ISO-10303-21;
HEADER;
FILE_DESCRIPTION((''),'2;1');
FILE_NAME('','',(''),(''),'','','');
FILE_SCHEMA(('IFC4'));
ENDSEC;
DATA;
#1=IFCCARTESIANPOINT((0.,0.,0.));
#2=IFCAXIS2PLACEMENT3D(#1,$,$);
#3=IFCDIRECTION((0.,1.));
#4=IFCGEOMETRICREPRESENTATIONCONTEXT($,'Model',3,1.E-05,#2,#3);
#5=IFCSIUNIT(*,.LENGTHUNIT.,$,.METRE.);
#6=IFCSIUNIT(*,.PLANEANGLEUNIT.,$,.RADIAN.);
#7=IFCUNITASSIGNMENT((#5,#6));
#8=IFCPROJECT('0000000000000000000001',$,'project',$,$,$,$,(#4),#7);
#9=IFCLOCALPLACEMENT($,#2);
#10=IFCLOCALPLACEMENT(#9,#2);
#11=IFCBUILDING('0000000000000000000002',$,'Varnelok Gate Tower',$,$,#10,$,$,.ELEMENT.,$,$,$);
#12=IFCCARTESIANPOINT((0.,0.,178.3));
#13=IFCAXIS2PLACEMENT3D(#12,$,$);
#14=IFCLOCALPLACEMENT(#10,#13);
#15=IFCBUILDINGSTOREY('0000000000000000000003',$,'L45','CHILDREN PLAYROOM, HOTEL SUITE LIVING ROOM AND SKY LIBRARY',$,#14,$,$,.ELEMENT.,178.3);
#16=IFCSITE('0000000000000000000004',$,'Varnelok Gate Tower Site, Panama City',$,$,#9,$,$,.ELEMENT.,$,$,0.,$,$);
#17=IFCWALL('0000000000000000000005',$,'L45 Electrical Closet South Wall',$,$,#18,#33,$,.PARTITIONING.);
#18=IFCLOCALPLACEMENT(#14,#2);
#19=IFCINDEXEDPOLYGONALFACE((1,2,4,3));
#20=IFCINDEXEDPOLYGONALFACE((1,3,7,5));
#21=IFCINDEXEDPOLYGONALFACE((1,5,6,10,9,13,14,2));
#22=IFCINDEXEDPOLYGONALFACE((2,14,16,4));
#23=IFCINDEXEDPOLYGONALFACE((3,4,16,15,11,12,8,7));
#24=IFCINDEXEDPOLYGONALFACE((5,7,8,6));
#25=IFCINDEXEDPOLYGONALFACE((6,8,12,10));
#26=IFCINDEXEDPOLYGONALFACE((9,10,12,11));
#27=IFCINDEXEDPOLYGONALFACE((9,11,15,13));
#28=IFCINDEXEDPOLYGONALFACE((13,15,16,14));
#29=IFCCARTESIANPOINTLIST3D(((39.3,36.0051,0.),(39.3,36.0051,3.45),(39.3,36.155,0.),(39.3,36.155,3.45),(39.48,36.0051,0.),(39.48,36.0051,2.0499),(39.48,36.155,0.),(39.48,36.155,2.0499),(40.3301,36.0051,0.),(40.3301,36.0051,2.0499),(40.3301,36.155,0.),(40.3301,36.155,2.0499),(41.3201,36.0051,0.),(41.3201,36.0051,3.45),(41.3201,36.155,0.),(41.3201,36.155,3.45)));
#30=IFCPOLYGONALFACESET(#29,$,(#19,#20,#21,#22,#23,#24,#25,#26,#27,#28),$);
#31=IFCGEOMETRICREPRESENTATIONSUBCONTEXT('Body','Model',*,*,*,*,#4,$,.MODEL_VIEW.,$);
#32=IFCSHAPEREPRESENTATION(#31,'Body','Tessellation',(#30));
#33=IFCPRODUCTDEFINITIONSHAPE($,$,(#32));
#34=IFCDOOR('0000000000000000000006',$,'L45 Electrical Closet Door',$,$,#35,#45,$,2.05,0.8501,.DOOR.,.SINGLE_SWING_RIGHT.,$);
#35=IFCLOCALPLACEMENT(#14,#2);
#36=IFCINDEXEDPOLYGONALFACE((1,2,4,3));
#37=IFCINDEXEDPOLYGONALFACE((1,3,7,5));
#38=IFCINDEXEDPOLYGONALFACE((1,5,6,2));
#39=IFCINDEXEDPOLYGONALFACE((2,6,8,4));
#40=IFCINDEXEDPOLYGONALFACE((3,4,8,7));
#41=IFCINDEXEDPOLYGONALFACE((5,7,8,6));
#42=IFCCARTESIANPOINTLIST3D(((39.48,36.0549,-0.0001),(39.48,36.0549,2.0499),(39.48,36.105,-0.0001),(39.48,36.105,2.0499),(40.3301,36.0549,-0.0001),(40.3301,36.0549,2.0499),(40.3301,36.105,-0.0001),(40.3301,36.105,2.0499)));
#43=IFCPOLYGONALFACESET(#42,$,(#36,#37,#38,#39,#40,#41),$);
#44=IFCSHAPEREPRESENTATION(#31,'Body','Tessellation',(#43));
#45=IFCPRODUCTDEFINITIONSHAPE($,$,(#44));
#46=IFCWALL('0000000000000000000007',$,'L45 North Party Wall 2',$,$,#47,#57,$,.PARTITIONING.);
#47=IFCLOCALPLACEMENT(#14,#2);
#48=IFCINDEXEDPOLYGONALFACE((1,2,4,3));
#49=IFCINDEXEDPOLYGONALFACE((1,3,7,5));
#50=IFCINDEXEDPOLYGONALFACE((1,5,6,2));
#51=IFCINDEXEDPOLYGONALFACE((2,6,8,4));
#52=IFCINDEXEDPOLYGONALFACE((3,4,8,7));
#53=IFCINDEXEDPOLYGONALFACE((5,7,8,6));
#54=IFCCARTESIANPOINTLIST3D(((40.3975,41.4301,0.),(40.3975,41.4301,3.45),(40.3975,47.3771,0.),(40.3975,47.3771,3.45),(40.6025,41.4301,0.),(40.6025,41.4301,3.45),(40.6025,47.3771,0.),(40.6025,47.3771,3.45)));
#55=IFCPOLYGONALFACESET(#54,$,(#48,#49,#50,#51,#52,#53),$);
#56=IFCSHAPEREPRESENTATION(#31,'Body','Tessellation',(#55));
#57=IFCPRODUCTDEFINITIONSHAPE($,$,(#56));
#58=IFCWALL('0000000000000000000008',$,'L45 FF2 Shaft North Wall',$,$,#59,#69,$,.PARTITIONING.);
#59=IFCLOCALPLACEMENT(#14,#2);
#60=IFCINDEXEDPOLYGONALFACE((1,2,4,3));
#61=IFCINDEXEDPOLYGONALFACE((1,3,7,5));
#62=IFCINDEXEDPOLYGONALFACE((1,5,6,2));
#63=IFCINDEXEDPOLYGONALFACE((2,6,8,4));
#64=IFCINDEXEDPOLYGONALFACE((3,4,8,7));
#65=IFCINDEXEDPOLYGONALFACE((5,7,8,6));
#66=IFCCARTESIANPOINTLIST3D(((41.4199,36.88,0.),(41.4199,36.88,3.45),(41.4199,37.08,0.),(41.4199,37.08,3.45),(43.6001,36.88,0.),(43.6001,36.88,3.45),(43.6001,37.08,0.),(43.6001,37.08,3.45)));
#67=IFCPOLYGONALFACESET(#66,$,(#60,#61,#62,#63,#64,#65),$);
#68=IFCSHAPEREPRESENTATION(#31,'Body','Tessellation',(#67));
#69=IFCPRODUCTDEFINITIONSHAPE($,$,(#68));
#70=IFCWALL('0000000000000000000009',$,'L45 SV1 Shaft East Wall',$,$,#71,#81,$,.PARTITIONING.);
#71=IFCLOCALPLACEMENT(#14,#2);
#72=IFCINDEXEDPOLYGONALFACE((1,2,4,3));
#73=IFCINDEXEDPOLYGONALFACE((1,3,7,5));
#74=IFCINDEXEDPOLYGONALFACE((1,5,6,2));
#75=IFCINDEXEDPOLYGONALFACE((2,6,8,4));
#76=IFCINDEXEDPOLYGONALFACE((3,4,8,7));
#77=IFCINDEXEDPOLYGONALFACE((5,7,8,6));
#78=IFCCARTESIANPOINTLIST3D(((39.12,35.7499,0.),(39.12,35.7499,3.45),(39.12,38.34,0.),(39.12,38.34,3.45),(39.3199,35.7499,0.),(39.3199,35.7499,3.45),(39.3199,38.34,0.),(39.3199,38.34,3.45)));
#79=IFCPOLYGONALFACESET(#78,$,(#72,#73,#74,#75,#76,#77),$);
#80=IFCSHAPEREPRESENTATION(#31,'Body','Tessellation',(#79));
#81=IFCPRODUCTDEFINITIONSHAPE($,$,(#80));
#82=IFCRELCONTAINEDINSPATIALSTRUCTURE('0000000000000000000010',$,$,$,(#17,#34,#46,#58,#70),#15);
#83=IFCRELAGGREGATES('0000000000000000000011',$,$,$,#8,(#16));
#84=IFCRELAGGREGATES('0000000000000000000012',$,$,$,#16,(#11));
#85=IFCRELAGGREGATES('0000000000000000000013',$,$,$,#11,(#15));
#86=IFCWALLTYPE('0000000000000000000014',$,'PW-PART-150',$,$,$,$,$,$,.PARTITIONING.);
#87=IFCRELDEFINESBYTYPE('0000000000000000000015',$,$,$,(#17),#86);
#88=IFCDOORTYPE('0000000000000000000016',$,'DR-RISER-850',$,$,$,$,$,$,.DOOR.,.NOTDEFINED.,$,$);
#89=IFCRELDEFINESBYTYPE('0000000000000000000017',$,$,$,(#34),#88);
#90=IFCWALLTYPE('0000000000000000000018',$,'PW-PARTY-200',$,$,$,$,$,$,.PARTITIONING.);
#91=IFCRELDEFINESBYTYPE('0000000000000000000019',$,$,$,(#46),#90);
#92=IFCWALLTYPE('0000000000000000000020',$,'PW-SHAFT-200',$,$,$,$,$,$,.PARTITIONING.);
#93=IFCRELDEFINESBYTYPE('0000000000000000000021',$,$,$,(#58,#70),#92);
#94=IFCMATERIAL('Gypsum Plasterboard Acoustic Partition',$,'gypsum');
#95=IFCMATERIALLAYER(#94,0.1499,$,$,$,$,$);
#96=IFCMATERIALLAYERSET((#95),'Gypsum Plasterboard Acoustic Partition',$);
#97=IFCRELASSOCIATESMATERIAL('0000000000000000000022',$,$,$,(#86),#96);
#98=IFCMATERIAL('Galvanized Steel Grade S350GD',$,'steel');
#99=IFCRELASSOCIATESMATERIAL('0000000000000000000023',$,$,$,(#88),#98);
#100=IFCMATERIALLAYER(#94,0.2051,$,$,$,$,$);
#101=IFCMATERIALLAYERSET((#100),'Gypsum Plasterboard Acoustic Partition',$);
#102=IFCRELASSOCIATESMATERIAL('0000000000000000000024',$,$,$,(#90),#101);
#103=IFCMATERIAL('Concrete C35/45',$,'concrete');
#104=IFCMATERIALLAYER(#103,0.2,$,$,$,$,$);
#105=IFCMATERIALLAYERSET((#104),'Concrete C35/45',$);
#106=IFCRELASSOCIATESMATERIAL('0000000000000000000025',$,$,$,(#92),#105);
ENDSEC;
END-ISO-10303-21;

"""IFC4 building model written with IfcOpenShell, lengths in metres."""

from ifc_helpers import new_model, si_unit, direction, frame, frame_2d, origin, place, context, subcontext, project, spatial, rectangle, extrude, material, layer, layer_set, type_object, element, fill, save


model = new_model("IFC4")

# Units and contexts
model_context = context("Model", 3, precision=1e-05, world=origin(), true_north=direction((0.0, 1.0)))
body_context = subcontext(model_context, "Body", "Model", "MODEL_VIEW")
ifc_project = project(units=[si_unit("LENGTHUNIT", "METRE"), si_unit("PLANEANGLEUNIT", "RADIAN")], contexts=[model_context])

# Site, building, storey
site_placement = place(None, origin())
site = spatial("IfcSite", under=ifc_project, at=site_placement, Name="Varnelok Gate Tower Site, Panama City", CompositionType="ELEMENT", RefElevation=0.0)
building_placement = place(site_placement, origin())
building = spatial("IfcBuilding", under=site, at=building_placement, Name="Varnelok Gate Tower", CompositionType="ELEMENT")
storey_placement = place(building_placement, frame((0.0, 0.0, 178.3)))
storey = spatial("IfcBuildingStorey", under=building, at=storey_placement, Name="L45", Description="CHILDREN PLAYROOM, HOTEL SUITE LIVING ROOM AND SKY LIBRARY", CompositionType="ELEMENT", Elevation=178.3)

# Shared definitions
ifc_material_1 = material(Name="Gypsum Plasterboard Acoustic Partition", Category="gypsum")

# Wall, opening, door
ifc_layer_1 = layer(ifc_material_1, 0.1499)
ifc_layer_set_1 = layer_set([ifc_layer_1], Name="Gypsum Plasterboard Acoustic Partition")
wall_type_1 = type_object("IfcWallType", Name="PW-PART-150", PredefinedType="PARTITIONING", material=ifc_layer_set_1)
wall_1_placement = place(storey_placement, frame((39.3, 36.0801, 0.0), z_axis=(0.0, 0.0, 1.0), x_axis=(1.0, 0.0, 0.0)))
wall_1 = element("IfcWall", 1, at=wall_1_placement, inside=storey, type_object=wall_type_1, Name="L45 Electrical Closet South Wall", PredefinedType="PARTITIONING", context=body_context, shape_type="SweptSolid", body=[
    extrude(rectangle(XDim=2.02, YDim=0.1499, at=frame_2d((1.01, 0.0))), origin(), (0.0, 0.0, 1.0), 3.45),
])
opening_1_placement = place(wall_1_placement, frame((0.1799, 0.0, 0.0)))
opening_1 = element("IfcOpeningElement", 2, at=opening_1_placement, cuts=wall_1, PredefinedType="OPENING", context=body_context, shape_type="SweptSolid", body=[
    extrude(rectangle(XDim=0.8501, YDim=2.05, at=frame_2d((0.425, 1.0249))), frame((0.0, 0.085, 0.0), z_axis=(0.0, -1.0, 0.0), x_axis=(1.0, 0.0, 0.0)), (0.0, 0.0, 1.0), 0.1699),
])
ifc_material_2 = material(Name="Galvanized Steel Grade S350GD", Category="steel")
door_type_1 = type_object("IfcDoorType", Name="DR-RISER-850", OperationType="NOTDEFINED", PredefinedType="DOOR", material=ifc_material_2)
door_1_placement = place(opening_1_placement, origin())
door_1 = element("IfcDoor", 3, at=door_1_placement, inside=storey, type_object=door_type_1, Name="L45 Electrical Closet Door", OperationType="SINGLE_SWING_RIGHT", OverallHeight=2.05, OverallWidth=0.8501, PredefinedType="DOOR", context=body_context, shape_type="SweptSolid", body=[
    extrude(rectangle(XDim=0.8501, YDim=2.05, at=frame_2d((0.425, 1.0249))), frame((0.0, 0.0249, 0.0), z_axis=(0.0, -1.0, 0.0), x_axis=(1.0, 0.0, 0.0)), (0.0, 0.0, 1.0), 0.05),
])
fill(opening_1, door_1)

# Walls
ifc_layer_2 = layer(ifc_material_1, 0.2051)
ifc_layer_set_2 = layer_set([ifc_layer_2], Name="Gypsum Plasterboard Acoustic Partition")
wall_type_2 = type_object("IfcWallType", Name="PW-PARTY-200", PredefinedType="PARTITIONING", material=ifc_layer_set_2)
wall_2_placement = place(storey_placement, frame((40.5, 41.4299, 0.0), z_axis=(0.0, 0.0, 1.0), x_axis=(0.0, 1.0, 0.0)))
element("IfcWall", 4, at=wall_2_placement, inside=storey, type_object=wall_type_2, Name="L45 North Party Wall 2", PredefinedType="PARTITIONING", context=body_context, shape_type="SweptSolid", body=[
    extrude(rectangle(XDim=5.947, YDim=0.2051, at=frame_2d((2.9736, 0.0))), origin(), (0.0, 0.0, 1.0), 3.45),
])
ifc_material_3 = material(Name="Concrete C35/45", Category="concrete")
ifc_layer_3 = layer(ifc_material_3, 0.2)
ifc_layer_set_3 = layer_set([ifc_layer_3], Name="Concrete C35/45")
wall_type_3 = type_object("IfcWallType", Name="PW-SHAFT-200", PredefinedType="PARTITIONING", material=ifc_layer_set_3)
wall_3_placement = place(storey_placement, frame((41.4199, 36.98, 0.0), z_axis=(0.0, 0.0, 1.0), x_axis=(1.0, 0.0, 0.0)))
element("IfcWall", 5, at=wall_3_placement, inside=storey, type_object=wall_type_3, Name="L45 FF2 Shaft North Wall", PredefinedType="PARTITIONING", context=body_context, shape_type="SweptSolid", body=[
    extrude(rectangle(XDim=2.1802, YDim=0.2, at=frame_2d((1.0901, 0.0))), origin(), (0.0, 0.0, 1.0), 3.45),
])
wall_4_placement = place(storey_placement, frame((39.22, 35.75, 0.0), z_axis=(0.0, 0.0, 1.0), x_axis=(0.0, 1.0, 0.0)))
element("IfcWall", 6, at=wall_4_placement, inside=storey, type_object=wall_type_3, Name="L45 SV1 Shaft East Wall", PredefinedType="PARTITIONING", context=body_context, shape_type="SweptSolid", body=[
    extrude(rectangle(XDim=2.5901, YDim=0.2, at=frame_2d((1.2949, 0.0))), origin(), (0.0, 0.0, 1.0), 3.45),
])

save(model, "model.ifc")
